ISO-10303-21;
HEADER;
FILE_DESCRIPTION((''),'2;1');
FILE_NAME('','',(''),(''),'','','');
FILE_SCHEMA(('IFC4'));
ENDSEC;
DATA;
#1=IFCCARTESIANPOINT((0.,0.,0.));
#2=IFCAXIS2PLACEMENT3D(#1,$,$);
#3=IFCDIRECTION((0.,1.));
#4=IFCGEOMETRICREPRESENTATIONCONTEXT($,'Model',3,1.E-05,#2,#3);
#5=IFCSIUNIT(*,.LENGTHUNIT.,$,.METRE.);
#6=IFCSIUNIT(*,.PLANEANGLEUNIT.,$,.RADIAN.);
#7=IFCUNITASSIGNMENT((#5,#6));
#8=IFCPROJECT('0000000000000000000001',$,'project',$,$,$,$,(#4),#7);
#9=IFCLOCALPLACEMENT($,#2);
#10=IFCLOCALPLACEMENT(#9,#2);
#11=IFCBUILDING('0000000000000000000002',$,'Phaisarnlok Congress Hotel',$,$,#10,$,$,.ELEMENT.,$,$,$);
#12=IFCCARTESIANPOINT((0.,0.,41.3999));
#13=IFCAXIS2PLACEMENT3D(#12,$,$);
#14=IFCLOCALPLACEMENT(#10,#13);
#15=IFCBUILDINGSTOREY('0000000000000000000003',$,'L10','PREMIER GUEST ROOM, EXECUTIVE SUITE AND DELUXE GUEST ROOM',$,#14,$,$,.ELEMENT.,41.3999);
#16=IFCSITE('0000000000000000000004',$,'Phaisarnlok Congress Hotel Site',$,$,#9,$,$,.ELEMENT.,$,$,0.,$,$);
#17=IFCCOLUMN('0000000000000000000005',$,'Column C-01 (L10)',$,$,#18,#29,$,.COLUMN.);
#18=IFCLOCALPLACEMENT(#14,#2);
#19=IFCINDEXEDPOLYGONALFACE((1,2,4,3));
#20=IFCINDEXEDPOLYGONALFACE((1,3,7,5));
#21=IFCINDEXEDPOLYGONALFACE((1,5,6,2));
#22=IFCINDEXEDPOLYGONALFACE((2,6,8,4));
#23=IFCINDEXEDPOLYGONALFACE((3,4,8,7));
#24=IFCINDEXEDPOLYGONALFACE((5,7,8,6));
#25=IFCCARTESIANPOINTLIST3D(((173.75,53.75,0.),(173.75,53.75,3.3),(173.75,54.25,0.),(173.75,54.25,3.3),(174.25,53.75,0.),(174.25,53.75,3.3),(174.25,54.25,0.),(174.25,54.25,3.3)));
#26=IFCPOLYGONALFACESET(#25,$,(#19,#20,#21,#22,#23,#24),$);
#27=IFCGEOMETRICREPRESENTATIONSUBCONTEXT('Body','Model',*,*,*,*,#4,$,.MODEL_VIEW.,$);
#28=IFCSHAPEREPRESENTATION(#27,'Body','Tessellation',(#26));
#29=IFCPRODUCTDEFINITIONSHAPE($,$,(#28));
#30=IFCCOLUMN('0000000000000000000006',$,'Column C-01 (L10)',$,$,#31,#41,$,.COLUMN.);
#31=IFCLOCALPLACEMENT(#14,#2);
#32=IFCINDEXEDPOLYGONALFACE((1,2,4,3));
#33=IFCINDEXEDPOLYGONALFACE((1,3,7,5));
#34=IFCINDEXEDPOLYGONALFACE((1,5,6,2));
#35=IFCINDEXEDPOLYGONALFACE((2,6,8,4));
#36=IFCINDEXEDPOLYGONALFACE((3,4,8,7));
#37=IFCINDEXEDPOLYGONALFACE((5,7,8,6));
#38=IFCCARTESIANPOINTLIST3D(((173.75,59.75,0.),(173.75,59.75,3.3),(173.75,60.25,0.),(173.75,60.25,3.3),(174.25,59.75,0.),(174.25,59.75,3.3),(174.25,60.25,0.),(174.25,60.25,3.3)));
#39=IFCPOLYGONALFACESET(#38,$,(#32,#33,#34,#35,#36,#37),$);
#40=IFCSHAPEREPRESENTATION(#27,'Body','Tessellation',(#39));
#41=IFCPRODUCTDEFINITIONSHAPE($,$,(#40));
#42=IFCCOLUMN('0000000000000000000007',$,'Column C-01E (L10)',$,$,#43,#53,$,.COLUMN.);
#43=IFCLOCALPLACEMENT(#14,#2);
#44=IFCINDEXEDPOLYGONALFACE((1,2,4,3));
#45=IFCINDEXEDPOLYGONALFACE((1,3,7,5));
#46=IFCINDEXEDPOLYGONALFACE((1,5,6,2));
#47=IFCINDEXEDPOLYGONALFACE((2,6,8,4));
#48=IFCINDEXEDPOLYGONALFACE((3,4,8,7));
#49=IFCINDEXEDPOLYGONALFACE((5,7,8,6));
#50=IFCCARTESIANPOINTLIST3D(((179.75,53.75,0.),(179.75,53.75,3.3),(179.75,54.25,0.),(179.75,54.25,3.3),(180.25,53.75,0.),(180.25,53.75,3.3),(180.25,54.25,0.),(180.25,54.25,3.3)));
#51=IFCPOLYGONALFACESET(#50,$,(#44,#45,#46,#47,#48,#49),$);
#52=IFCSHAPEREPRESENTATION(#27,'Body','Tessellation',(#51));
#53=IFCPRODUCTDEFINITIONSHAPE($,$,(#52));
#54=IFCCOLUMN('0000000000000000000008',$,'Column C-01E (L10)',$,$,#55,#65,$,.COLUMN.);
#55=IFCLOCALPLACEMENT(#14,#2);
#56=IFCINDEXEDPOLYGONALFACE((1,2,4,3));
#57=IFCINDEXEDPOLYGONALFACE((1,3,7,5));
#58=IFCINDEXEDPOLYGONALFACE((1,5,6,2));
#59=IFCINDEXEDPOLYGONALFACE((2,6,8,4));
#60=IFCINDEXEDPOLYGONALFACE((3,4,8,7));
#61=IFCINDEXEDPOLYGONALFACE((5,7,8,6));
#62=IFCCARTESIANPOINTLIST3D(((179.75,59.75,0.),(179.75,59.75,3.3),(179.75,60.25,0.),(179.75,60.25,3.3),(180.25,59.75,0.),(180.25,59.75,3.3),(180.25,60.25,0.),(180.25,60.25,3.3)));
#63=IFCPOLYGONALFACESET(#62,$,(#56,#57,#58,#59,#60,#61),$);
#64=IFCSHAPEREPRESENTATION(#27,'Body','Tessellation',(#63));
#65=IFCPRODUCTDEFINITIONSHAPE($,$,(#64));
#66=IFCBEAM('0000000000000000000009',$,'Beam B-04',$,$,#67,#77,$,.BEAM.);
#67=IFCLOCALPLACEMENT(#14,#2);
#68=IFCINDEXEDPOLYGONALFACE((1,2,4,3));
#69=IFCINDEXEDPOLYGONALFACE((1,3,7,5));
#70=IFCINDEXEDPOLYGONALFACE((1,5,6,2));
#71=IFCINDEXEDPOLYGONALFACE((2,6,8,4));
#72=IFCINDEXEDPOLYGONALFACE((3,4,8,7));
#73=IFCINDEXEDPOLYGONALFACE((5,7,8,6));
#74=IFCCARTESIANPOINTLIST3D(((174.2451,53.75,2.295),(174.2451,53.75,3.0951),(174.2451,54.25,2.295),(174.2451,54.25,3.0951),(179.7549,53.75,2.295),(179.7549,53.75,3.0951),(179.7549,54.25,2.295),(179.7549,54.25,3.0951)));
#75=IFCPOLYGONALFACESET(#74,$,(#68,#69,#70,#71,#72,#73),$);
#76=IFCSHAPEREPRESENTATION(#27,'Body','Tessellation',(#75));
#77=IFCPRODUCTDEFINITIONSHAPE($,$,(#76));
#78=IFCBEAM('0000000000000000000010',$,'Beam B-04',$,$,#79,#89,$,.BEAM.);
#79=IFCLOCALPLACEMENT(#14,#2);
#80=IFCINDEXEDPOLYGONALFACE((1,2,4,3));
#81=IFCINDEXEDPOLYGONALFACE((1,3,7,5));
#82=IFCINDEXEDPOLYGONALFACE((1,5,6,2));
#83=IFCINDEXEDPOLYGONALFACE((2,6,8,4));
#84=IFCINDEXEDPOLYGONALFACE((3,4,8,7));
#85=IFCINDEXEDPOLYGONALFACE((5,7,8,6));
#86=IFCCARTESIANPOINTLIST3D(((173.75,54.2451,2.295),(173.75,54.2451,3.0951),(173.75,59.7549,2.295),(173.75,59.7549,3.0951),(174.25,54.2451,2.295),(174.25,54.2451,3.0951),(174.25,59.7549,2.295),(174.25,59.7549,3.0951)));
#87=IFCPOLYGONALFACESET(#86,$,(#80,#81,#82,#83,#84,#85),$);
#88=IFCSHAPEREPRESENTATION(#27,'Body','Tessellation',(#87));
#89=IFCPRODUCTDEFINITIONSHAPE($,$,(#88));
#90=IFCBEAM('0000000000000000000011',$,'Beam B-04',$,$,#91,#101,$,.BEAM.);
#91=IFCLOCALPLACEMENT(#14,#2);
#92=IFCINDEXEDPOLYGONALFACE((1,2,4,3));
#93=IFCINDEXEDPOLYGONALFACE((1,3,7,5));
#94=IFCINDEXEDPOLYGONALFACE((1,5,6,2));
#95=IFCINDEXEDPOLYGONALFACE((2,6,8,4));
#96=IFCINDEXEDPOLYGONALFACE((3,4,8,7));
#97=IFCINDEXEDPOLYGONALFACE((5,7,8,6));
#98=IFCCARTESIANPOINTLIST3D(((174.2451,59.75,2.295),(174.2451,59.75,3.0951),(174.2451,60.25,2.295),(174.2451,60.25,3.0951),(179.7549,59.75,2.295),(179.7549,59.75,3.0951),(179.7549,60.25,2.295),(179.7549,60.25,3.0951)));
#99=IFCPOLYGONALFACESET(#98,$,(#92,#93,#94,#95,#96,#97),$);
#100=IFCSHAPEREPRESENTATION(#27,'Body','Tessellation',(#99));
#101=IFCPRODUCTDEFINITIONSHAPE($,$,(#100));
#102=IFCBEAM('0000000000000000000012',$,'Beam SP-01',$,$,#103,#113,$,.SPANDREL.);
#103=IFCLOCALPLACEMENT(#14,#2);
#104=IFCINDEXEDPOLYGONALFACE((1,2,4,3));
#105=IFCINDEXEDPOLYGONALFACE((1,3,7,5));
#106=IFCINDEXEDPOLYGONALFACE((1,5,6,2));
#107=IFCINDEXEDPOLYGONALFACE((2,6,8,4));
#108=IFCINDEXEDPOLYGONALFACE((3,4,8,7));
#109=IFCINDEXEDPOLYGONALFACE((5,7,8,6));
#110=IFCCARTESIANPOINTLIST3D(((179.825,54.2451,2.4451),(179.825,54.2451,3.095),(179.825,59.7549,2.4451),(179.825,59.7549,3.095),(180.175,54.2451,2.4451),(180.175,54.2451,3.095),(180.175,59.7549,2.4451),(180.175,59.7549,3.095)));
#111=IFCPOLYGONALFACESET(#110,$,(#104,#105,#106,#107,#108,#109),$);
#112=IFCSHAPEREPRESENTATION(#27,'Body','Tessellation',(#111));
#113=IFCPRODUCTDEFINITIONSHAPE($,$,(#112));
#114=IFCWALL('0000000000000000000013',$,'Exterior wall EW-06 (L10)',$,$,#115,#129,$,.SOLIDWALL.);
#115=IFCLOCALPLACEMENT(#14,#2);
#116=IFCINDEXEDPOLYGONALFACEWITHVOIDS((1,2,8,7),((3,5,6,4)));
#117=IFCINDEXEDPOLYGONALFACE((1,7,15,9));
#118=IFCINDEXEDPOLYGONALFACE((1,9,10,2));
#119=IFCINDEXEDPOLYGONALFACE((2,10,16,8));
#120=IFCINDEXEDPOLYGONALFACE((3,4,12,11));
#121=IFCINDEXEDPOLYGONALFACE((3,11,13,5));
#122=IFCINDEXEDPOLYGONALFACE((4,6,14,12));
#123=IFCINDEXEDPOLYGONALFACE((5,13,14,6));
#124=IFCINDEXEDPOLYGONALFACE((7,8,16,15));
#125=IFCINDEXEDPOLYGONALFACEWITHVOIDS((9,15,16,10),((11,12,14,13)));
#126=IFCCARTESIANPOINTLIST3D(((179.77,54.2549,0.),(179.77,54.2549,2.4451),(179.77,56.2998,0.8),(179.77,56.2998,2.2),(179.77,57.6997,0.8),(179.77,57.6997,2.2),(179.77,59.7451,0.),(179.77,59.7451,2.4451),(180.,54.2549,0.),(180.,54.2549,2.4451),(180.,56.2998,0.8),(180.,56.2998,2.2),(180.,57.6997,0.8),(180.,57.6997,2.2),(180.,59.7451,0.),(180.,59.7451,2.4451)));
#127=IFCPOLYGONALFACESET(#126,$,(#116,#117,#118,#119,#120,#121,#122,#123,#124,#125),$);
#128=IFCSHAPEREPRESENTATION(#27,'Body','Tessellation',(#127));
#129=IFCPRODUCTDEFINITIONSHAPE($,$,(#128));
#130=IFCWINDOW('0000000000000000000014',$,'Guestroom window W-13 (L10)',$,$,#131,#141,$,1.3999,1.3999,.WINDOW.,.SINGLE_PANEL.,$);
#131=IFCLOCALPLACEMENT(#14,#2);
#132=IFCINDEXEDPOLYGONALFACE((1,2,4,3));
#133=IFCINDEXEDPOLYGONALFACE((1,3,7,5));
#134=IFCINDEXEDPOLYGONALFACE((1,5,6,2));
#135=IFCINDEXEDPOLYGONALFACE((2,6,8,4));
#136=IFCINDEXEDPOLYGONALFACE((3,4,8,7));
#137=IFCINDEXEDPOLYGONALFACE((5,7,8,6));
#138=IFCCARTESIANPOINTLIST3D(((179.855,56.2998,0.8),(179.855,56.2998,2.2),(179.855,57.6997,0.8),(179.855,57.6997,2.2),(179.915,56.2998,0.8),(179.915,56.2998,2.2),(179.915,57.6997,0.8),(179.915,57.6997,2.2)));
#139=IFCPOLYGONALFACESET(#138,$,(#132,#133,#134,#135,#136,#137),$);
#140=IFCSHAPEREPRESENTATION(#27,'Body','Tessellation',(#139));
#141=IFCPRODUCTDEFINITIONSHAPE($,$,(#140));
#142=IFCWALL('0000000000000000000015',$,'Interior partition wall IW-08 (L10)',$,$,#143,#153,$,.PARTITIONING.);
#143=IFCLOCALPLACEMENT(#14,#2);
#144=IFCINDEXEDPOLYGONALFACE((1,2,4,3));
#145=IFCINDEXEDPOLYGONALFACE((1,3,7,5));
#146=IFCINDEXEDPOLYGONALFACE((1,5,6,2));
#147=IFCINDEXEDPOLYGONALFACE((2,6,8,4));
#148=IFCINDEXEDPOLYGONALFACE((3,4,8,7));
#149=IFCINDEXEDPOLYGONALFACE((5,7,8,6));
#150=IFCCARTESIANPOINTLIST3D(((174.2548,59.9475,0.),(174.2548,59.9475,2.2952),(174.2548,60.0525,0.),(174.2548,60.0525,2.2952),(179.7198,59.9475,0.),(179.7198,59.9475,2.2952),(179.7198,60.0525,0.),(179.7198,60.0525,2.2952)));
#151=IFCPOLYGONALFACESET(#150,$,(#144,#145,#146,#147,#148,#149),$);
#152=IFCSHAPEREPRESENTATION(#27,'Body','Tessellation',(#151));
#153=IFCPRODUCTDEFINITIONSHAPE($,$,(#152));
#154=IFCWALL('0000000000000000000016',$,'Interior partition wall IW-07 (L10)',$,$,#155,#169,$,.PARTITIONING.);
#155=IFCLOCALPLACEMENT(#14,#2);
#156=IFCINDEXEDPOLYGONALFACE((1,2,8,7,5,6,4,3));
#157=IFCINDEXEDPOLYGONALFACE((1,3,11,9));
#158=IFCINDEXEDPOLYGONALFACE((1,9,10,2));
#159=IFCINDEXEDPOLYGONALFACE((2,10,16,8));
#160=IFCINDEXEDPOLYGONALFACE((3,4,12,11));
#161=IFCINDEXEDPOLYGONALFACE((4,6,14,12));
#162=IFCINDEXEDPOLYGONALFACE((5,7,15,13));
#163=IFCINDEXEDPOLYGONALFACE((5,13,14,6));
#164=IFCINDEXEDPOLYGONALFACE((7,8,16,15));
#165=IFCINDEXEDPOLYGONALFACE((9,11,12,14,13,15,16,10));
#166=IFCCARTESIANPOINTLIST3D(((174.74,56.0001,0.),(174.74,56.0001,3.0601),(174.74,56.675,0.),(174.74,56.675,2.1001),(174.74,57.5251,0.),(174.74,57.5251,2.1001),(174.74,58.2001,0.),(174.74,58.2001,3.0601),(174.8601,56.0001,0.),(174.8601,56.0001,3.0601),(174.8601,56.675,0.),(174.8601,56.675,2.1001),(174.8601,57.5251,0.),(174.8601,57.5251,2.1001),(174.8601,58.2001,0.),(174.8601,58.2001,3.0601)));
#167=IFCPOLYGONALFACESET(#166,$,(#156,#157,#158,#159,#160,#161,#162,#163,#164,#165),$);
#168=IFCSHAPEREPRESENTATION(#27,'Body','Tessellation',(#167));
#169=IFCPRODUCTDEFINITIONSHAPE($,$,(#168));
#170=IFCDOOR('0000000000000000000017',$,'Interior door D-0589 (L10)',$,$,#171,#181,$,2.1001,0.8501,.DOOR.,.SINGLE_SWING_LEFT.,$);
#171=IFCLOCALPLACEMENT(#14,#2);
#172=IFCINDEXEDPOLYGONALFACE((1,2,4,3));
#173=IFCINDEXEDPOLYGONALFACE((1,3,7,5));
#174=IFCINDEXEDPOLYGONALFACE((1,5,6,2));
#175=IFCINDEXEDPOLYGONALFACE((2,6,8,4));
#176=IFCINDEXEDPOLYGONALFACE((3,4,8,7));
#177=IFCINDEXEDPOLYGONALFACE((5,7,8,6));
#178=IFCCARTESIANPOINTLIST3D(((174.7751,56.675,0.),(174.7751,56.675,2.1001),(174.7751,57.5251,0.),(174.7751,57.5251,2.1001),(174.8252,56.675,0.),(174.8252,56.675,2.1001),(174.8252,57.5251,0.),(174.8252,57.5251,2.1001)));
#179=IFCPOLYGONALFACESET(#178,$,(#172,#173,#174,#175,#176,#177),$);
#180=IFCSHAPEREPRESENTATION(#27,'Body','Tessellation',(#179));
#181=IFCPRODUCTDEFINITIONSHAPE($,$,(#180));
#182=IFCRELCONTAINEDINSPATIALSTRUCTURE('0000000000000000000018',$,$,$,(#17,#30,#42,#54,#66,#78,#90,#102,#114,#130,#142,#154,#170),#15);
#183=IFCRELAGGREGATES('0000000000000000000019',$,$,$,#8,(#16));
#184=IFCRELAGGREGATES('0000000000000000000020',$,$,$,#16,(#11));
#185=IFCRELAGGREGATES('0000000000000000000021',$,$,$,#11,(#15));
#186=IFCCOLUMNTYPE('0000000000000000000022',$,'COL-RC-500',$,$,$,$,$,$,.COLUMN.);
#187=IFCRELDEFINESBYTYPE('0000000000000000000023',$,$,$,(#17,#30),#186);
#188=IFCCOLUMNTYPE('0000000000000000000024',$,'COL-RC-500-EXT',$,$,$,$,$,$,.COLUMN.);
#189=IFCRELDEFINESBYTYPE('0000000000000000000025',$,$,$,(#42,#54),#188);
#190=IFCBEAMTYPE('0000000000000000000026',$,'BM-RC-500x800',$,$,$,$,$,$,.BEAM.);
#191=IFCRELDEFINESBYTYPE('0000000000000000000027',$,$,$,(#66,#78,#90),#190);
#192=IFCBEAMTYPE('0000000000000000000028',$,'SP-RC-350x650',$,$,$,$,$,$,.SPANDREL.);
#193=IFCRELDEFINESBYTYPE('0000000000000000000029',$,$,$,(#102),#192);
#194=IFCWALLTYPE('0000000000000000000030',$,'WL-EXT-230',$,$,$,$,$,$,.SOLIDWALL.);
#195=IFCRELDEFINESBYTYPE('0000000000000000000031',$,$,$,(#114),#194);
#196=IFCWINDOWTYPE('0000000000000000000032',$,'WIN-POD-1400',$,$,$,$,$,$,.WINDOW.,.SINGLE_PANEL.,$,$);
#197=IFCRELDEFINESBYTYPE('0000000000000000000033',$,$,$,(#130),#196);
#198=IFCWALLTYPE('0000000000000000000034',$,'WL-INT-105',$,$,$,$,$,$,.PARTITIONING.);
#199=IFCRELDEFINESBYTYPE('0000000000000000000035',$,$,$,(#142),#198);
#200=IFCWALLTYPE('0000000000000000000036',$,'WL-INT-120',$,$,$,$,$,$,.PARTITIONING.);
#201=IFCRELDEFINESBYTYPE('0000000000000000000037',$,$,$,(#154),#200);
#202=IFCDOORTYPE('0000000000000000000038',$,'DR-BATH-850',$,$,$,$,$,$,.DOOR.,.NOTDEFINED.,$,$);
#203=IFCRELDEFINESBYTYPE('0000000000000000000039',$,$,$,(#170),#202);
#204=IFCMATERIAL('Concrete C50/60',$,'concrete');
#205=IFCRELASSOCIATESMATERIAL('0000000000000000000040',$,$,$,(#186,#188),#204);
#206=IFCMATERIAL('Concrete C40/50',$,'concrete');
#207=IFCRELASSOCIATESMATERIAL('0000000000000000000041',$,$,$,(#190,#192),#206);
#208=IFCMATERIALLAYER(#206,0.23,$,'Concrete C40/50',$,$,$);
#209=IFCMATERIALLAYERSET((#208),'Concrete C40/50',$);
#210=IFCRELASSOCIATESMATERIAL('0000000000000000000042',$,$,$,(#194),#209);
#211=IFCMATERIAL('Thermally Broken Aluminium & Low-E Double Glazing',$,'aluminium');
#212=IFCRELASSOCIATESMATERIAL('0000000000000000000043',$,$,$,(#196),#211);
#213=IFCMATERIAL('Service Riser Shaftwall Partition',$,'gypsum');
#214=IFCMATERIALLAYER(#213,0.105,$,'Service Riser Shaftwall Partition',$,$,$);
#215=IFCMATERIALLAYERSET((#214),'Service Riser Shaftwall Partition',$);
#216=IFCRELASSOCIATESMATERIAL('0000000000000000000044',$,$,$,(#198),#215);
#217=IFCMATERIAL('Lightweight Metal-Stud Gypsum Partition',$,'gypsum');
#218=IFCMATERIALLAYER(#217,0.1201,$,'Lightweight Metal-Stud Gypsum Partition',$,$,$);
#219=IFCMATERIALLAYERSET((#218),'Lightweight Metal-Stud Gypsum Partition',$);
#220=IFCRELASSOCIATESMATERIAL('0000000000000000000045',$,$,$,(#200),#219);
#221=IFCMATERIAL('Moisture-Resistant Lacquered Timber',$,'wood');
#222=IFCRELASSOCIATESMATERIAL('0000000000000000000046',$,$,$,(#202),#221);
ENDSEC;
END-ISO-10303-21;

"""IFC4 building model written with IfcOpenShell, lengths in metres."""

from ifc_helpers import new_model, si_unit, direction, frame, frame_2d, origin, origin_2d, place, context, subcontext, project, spatial, rectangle, extrude, material, layer, layer_set, material_profile, profile_set, type_object, element, fill, save


model = new_model("IFC4")

# Units and contexts
model_context = context("Model", 3, precision=1e-05, world=origin(), true_north=direction((0.0, 1.0)))
body_context = subcontext(model_context, "Body", "Model", "MODEL_VIEW")
ifc_project = project(units=[si_unit("LENGTHUNIT", "METRE"), si_unit("PLANEANGLEUNIT", "RADIAN")], contexts=[model_context])

# Site, building, storey
site_placement = place(None, origin())
site = spatial("IfcSite", under=ifc_project, at=site_placement, Name="Phaisarnlok Congress Hotel Site", CompositionType="ELEMENT", RefElevation=0.0)
building_placement = place(site_placement, origin())
building = spatial("IfcBuilding", under=site, at=building_placement, Name="Phaisarnlok Congress Hotel", CompositionType="ELEMENT")
storey_placement = place(building_placement, frame((0.0, 0.0, 41.3999)))
storey = spatial("IfcBuildingStorey", under=building, at=storey_placement, Name="L10", Description="PREMIER GUEST ROOM, EXECUTIVE SUITE AND DELUXE GUEST ROOM", CompositionType="ELEMENT", Elevation=41.3999)

# Columns
ifc_material_1 = material(Name="Concrete C50/60", Category="concrete")
ifc_material_profile_1 = material_profile(ifc_material_1, rectangle(XDim=0.5, YDim=0.5, at=origin_2d()), Name="RC 500x500")
ifc_profile_set_1 = profile_set([ifc_material_profile_1], Name="Concrete C50/60")
column_type_1 = type_object("IfcColumnType", Name="COL-RC-500", PredefinedType="COLUMN", material=ifc_profile_set_1)
for number, where, z_axis, x_axis, name in (
    (1, (174.0, 54.0, 0.0), (0.0, 0.0, 1.0), (1.0, 0.0, 0.0), "Column C-01 (L10)"),
    (2, (174.0, 60.0, 0.0), (0.0, 0.0, 1.0), (1.0, 0.0, 0.0), "Column C-01 (L10)"),
):
    element("IfcColumn", number, at=place(storey_placement, frame(where, z_axis=z_axis, x_axis=x_axis)), inside=storey, type_object=column_type_1, Name=name, PredefinedType="COLUMN", context=body_context, shape_type="SweptSolid", body=[
        extrude(rectangle(XDim=0.5, YDim=0.5, at=origin_2d()), origin(), (0.0, 0.0, 1.0), 3.3),
    ])
ifc_material_profile_2 = material_profile(ifc_material_1, rectangle(XDim=0.5, YDim=0.5, at=origin_2d()), Name="RC 500x500")
ifc_profile_set_2 = profile_set([ifc_material_profile_2], Name="Concrete C50/60")
column_type_2 = type_object("IfcColumnType", Name="COL-RC-500-EXT", PredefinedType="COLUMN", material=ifc_profile_set_2)
for number, where, z_axis, x_axis, name in (
    (3, (180.0, 54.0, 0.0), (0.0, 0.0, 1.0), (1.0, 0.0, 0.0), "Column C-01E (L10)"),
    (4, (180.0, 60.0, 0.0), (0.0, 0.0, 1.0), (1.0, 0.0, 0.0), "Column C-01E (L10)"),
):
    element("IfcColumn", number, at=place(storey_placement, frame(where, z_axis=z_axis, x_axis=x_axis)), inside=storey, type_object=column_type_2, Name=name, PredefinedType="COLUMN", context=body_context, shape_type="SweptSolid", body=[
        extrude(rectangle(XDim=0.5, YDim=0.5, at=origin_2d()), origin(), (0.0, 0.0, 1.0), 3.3),
    ])

# Beams
ifc_material_2 = material(Name="Concrete C40/50", Category="concrete")
ifc_material_profile_3 = material_profile(ifc_material_2, rectangle(XDim=0.5, YDim=0.8, at=origin_2d()), Name="RC 500x800")
ifc_profile_set_3 = profile_set([ifc_material_profile_3], Name="Concrete C40/50")
beam_type_1 = type_object("IfcBeamType", Name="BM-RC-500x800", PredefinedType="BEAM", material=ifc_profile_set_3)
for number, where, z_axis, x_axis, name in (
    (5, (174.2451, 54.0, 2.6951), (1.0, 0.0, 0.0), (0.0, 1.0, 0.0), "Beam B-04"),
    (6, (174.0, 54.2451, 2.6951), (0.0, 1.0, 0.0), (-1.0, 0.0, 0.0), "Beam B-04"),
    (7, (174.2451, 60.0, 2.6951), (1.0, 0.0, 0.0), (0.0, 1.0, 0.0), "Beam B-04"),
):
    element("IfcBeam", number, at=place(storey_placement, frame(where, z_axis=z_axis, x_axis=x_axis)), inside=storey, type_object=beam_type_1, Name=name, PredefinedType="BEAM", context=body_context, shape_type="SweptSolid", body=[
        extrude(rectangle(XDim=0.5, YDim=0.8, at=origin_2d()), origin(), (0.0, 0.0, 1.0), 5.5098),
    ])
ifc_material_profile_4 = material_profile(ifc_material_2, rectangle(XDim=0.3501, YDim=0.6499, at=origin_2d()), Name="RC 350x650")
ifc_profile_set_4 = profile_set([ifc_material_profile_4], Name="Concrete C40/50")
beam_type_2 = type_object("IfcBeamType", Name="SP-RC-350x650", PredefinedType="SPANDREL", material=ifc_profile_set_4)
beam_placement = place(storey_placement, frame((180.0, 54.2451, 2.77), z_axis=(0.0, 1.0, 0.0), x_axis=(-1.0, 0.0, 0.0)))
element("IfcBeam", 8, at=beam_placement, inside=storey, type_object=beam_type_2, Name="Beam SP-01", PredefinedType="SPANDREL", context=body_context, shape_type="SweptSolid", body=[
    extrude(rectangle(XDim=0.3501, YDim=0.6499, at=origin_2d()), origin(), (0.0, 0.0, 1.0), 5.5098),
])

# Wall, opening, window
ifc_layer_1 = layer(ifc_material_2, 0.23, Name="Concrete C40/50")
ifc_layer_set_1 = layer_set([ifc_layer_1], Name="Concrete C40/50")
wall_type_1 = type_object("IfcWallType", Name="WL-EXT-230", PredefinedType="SOLIDWALL", material=ifc_layer_set_1)
wall_1_placement = place(storey_placement, frame((179.885, 54.2549, 0.0), z_axis=(0.0, 0.0, 1.0), x_axis=(0.0, 1.0, 0.0)))
wall_1 = element("IfcWall", 9, at=wall_1_placement, inside=storey, type_object=wall_type_1, Name="Exterior wall EW-06 (L10)", PredefinedType="SOLIDWALL", context=body_context, shape_type="SweptSolid", body=[
    extrude(rectangle(XDim=5.4902, YDim=0.23, at=frame_2d((2.7451, 0.0))), origin(), (0.0, 0.0, 1.0), 2.4451),
])
opening_1_placement = place(wall_1_placement, frame((2.0449, 0.0, 0.8)))
opening_1 = element("IfcOpeningElement", 10, at=opening_1_placement, cuts=wall_1, PredefinedType="OPENING", context=body_context, shape_type="SweptSolid", body=[
    extrude(rectangle(XDim=1.3999, YDim=1.3999, at=frame_2d((0.7, 0.7))), frame((0.0, 0.125, 0.0), z_axis=(0.0, -1.0, 0.0), x_axis=(1.0, 0.0, 0.0)), (0.0, 0.0, 1.0), 0.25),
])
ifc_material_3 = material(Name="Thermally Broken Aluminium & Low-E Double Glazing", Category="aluminium")
window_type = type_object("IfcWindowType", Name="WIN-POD-1400", PartitioningType="SINGLE_PANEL", PredefinedType="WINDOW", material=ifc_material_3)
window_placement = place(opening_1_placement, origin())
window = element("IfcWindow", 11, at=window_placement, inside=storey, type_object=window_type, Name="Guestroom window W-13 (L10)", OverallHeight=1.3999, OverallWidth=1.3999, PartitioningType="SINGLE_PANEL", PredefinedType="WINDOW", context=body_context, shape_type="SweptSolid", body=[
    extrude(rectangle(XDim=1.3999, YDim=1.3999, at=frame_2d((0.7, 0.7))), frame((0.0, 0.03, 0.0), z_axis=(0.0, -1.0, 0.0), x_axis=(1.0, 0.0, 0.0)), (0.0, 0.0, 1.0), 0.0601),
])
fill(opening_1, window)

# Wall
ifc_material_4 = material(Name="Service Riser Shaftwall Partition", Category="gypsum")
ifc_layer_2 = layer(ifc_material_4, 0.105, Name="Service Riser Shaftwall Partition")
ifc_layer_set_2 = layer_set([ifc_layer_2], Name="Service Riser Shaftwall Partition")
wall_type_2 = type_object("IfcWallType", Name="WL-INT-105", PredefinedType="PARTITIONING", material=ifc_layer_set_2)
wall_2_placement = place(storey_placement, frame((174.2549, 60.0, 0.0), z_axis=(0.0, 0.0, 1.0), x_axis=(1.0, 0.0, 0.0)))
element("IfcWall", 12, at=wall_2_placement, inside=storey, type_object=wall_type_2, Name="Interior partition wall IW-08 (L10)", PredefinedType="PARTITIONING", context=body_context, shape_type="SweptSolid", body=[
    extrude(rectangle(XDim=5.4651, YDim=0.105, at=frame_2d((2.7324, 0.0))), origin(), (0.0, 0.0, 1.0), 2.2952),
])

# Wall, opening, door
ifc_material_5 = material(Name="Lightweight Metal-Stud Gypsum Partition", Category="gypsum")
ifc_layer_3 = layer(ifc_material_5, 0.1201, Name="Lightweight Metal-Stud Gypsum Partition")
ifc_layer_set_3 = layer_set([ifc_layer_3], Name="Lightweight Metal-Stud Gypsum Partition")
wall_type_3 = type_object("IfcWallType", Name="WL-INT-120", PredefinedType="PARTITIONING", material=ifc_layer_set_3)
wall_3_placement = place(storey_placement, frame((174.8, 56.0, 0.0), z_axis=(0.0, 0.0, 1.0), x_axis=(0.0, 1.0, 0.0)))
wall_3 = element("IfcWall", 13, at=wall_3_placement, inside=storey, type_object=wall_type_3, Name="Interior partition wall IW-07 (L10)", PredefinedType="PARTITIONING", context=body_context, shape_type="SweptSolid", body=[
    extrude(rectangle(XDim=2.2, YDim=0.1201, at=frame_2d((1.1001, 0.0))), origin(), (0.0, 0.0, 1.0), 3.0601),
])
opening_2_placement = place(wall_3_placement, frame((0.675, 0.0, 0.0)))
opening_2 = element("IfcOpeningElement", 14, at=opening_2_placement, cuts=wall_3, PredefinedType="OPENING", context=body_context, shape_type="SweptSolid", body=[
    extrude(rectangle(XDim=0.8501, YDim=2.1001, at=frame_2d((0.425, 1.05))), frame((0.0, 0.0701, 0.0), z_axis=(0.0, -1.0, 0.0), x_axis=(1.0, 0.0, 0.0)), (0.0, 0.0, 1.0), 0.1401),
])
ifc_material_6 = material(Name="Moisture-Resistant Lacquered Timber", Category="wood")
door_type = type_object("IfcDoorType", Name="DR-BATH-850", OperationType="NOTDEFINED", PredefinedType="DOOR", material=ifc_material_6)
door_1_placement = place(opening_2_placement, origin())
door_1 = element("IfcDoor", 15, at=door_1_placement, inside=storey, type_object=door_type, Name="Interior door D-0589 (L10)", OperationType="SINGLE_SWING_LEFT", OverallHeight=2.1001, OverallWidth=0.8501, PredefinedType="DOOR", context=body_context, shape_type="SweptSolid", body=[
    extrude(rectangle(XDim=0.8501, YDim=2.1001, at=frame_2d((0.425, 1.05))), frame((0.0, 0.0249, 0.0), z_axis=(0.0, -1.0, 0.0), x_axis=(1.0, 0.0, 0.0)), (0.0, 0.0, 1.0), 0.05),
])
fill(opening_2, door_1)

save(model, "model.ifc")
